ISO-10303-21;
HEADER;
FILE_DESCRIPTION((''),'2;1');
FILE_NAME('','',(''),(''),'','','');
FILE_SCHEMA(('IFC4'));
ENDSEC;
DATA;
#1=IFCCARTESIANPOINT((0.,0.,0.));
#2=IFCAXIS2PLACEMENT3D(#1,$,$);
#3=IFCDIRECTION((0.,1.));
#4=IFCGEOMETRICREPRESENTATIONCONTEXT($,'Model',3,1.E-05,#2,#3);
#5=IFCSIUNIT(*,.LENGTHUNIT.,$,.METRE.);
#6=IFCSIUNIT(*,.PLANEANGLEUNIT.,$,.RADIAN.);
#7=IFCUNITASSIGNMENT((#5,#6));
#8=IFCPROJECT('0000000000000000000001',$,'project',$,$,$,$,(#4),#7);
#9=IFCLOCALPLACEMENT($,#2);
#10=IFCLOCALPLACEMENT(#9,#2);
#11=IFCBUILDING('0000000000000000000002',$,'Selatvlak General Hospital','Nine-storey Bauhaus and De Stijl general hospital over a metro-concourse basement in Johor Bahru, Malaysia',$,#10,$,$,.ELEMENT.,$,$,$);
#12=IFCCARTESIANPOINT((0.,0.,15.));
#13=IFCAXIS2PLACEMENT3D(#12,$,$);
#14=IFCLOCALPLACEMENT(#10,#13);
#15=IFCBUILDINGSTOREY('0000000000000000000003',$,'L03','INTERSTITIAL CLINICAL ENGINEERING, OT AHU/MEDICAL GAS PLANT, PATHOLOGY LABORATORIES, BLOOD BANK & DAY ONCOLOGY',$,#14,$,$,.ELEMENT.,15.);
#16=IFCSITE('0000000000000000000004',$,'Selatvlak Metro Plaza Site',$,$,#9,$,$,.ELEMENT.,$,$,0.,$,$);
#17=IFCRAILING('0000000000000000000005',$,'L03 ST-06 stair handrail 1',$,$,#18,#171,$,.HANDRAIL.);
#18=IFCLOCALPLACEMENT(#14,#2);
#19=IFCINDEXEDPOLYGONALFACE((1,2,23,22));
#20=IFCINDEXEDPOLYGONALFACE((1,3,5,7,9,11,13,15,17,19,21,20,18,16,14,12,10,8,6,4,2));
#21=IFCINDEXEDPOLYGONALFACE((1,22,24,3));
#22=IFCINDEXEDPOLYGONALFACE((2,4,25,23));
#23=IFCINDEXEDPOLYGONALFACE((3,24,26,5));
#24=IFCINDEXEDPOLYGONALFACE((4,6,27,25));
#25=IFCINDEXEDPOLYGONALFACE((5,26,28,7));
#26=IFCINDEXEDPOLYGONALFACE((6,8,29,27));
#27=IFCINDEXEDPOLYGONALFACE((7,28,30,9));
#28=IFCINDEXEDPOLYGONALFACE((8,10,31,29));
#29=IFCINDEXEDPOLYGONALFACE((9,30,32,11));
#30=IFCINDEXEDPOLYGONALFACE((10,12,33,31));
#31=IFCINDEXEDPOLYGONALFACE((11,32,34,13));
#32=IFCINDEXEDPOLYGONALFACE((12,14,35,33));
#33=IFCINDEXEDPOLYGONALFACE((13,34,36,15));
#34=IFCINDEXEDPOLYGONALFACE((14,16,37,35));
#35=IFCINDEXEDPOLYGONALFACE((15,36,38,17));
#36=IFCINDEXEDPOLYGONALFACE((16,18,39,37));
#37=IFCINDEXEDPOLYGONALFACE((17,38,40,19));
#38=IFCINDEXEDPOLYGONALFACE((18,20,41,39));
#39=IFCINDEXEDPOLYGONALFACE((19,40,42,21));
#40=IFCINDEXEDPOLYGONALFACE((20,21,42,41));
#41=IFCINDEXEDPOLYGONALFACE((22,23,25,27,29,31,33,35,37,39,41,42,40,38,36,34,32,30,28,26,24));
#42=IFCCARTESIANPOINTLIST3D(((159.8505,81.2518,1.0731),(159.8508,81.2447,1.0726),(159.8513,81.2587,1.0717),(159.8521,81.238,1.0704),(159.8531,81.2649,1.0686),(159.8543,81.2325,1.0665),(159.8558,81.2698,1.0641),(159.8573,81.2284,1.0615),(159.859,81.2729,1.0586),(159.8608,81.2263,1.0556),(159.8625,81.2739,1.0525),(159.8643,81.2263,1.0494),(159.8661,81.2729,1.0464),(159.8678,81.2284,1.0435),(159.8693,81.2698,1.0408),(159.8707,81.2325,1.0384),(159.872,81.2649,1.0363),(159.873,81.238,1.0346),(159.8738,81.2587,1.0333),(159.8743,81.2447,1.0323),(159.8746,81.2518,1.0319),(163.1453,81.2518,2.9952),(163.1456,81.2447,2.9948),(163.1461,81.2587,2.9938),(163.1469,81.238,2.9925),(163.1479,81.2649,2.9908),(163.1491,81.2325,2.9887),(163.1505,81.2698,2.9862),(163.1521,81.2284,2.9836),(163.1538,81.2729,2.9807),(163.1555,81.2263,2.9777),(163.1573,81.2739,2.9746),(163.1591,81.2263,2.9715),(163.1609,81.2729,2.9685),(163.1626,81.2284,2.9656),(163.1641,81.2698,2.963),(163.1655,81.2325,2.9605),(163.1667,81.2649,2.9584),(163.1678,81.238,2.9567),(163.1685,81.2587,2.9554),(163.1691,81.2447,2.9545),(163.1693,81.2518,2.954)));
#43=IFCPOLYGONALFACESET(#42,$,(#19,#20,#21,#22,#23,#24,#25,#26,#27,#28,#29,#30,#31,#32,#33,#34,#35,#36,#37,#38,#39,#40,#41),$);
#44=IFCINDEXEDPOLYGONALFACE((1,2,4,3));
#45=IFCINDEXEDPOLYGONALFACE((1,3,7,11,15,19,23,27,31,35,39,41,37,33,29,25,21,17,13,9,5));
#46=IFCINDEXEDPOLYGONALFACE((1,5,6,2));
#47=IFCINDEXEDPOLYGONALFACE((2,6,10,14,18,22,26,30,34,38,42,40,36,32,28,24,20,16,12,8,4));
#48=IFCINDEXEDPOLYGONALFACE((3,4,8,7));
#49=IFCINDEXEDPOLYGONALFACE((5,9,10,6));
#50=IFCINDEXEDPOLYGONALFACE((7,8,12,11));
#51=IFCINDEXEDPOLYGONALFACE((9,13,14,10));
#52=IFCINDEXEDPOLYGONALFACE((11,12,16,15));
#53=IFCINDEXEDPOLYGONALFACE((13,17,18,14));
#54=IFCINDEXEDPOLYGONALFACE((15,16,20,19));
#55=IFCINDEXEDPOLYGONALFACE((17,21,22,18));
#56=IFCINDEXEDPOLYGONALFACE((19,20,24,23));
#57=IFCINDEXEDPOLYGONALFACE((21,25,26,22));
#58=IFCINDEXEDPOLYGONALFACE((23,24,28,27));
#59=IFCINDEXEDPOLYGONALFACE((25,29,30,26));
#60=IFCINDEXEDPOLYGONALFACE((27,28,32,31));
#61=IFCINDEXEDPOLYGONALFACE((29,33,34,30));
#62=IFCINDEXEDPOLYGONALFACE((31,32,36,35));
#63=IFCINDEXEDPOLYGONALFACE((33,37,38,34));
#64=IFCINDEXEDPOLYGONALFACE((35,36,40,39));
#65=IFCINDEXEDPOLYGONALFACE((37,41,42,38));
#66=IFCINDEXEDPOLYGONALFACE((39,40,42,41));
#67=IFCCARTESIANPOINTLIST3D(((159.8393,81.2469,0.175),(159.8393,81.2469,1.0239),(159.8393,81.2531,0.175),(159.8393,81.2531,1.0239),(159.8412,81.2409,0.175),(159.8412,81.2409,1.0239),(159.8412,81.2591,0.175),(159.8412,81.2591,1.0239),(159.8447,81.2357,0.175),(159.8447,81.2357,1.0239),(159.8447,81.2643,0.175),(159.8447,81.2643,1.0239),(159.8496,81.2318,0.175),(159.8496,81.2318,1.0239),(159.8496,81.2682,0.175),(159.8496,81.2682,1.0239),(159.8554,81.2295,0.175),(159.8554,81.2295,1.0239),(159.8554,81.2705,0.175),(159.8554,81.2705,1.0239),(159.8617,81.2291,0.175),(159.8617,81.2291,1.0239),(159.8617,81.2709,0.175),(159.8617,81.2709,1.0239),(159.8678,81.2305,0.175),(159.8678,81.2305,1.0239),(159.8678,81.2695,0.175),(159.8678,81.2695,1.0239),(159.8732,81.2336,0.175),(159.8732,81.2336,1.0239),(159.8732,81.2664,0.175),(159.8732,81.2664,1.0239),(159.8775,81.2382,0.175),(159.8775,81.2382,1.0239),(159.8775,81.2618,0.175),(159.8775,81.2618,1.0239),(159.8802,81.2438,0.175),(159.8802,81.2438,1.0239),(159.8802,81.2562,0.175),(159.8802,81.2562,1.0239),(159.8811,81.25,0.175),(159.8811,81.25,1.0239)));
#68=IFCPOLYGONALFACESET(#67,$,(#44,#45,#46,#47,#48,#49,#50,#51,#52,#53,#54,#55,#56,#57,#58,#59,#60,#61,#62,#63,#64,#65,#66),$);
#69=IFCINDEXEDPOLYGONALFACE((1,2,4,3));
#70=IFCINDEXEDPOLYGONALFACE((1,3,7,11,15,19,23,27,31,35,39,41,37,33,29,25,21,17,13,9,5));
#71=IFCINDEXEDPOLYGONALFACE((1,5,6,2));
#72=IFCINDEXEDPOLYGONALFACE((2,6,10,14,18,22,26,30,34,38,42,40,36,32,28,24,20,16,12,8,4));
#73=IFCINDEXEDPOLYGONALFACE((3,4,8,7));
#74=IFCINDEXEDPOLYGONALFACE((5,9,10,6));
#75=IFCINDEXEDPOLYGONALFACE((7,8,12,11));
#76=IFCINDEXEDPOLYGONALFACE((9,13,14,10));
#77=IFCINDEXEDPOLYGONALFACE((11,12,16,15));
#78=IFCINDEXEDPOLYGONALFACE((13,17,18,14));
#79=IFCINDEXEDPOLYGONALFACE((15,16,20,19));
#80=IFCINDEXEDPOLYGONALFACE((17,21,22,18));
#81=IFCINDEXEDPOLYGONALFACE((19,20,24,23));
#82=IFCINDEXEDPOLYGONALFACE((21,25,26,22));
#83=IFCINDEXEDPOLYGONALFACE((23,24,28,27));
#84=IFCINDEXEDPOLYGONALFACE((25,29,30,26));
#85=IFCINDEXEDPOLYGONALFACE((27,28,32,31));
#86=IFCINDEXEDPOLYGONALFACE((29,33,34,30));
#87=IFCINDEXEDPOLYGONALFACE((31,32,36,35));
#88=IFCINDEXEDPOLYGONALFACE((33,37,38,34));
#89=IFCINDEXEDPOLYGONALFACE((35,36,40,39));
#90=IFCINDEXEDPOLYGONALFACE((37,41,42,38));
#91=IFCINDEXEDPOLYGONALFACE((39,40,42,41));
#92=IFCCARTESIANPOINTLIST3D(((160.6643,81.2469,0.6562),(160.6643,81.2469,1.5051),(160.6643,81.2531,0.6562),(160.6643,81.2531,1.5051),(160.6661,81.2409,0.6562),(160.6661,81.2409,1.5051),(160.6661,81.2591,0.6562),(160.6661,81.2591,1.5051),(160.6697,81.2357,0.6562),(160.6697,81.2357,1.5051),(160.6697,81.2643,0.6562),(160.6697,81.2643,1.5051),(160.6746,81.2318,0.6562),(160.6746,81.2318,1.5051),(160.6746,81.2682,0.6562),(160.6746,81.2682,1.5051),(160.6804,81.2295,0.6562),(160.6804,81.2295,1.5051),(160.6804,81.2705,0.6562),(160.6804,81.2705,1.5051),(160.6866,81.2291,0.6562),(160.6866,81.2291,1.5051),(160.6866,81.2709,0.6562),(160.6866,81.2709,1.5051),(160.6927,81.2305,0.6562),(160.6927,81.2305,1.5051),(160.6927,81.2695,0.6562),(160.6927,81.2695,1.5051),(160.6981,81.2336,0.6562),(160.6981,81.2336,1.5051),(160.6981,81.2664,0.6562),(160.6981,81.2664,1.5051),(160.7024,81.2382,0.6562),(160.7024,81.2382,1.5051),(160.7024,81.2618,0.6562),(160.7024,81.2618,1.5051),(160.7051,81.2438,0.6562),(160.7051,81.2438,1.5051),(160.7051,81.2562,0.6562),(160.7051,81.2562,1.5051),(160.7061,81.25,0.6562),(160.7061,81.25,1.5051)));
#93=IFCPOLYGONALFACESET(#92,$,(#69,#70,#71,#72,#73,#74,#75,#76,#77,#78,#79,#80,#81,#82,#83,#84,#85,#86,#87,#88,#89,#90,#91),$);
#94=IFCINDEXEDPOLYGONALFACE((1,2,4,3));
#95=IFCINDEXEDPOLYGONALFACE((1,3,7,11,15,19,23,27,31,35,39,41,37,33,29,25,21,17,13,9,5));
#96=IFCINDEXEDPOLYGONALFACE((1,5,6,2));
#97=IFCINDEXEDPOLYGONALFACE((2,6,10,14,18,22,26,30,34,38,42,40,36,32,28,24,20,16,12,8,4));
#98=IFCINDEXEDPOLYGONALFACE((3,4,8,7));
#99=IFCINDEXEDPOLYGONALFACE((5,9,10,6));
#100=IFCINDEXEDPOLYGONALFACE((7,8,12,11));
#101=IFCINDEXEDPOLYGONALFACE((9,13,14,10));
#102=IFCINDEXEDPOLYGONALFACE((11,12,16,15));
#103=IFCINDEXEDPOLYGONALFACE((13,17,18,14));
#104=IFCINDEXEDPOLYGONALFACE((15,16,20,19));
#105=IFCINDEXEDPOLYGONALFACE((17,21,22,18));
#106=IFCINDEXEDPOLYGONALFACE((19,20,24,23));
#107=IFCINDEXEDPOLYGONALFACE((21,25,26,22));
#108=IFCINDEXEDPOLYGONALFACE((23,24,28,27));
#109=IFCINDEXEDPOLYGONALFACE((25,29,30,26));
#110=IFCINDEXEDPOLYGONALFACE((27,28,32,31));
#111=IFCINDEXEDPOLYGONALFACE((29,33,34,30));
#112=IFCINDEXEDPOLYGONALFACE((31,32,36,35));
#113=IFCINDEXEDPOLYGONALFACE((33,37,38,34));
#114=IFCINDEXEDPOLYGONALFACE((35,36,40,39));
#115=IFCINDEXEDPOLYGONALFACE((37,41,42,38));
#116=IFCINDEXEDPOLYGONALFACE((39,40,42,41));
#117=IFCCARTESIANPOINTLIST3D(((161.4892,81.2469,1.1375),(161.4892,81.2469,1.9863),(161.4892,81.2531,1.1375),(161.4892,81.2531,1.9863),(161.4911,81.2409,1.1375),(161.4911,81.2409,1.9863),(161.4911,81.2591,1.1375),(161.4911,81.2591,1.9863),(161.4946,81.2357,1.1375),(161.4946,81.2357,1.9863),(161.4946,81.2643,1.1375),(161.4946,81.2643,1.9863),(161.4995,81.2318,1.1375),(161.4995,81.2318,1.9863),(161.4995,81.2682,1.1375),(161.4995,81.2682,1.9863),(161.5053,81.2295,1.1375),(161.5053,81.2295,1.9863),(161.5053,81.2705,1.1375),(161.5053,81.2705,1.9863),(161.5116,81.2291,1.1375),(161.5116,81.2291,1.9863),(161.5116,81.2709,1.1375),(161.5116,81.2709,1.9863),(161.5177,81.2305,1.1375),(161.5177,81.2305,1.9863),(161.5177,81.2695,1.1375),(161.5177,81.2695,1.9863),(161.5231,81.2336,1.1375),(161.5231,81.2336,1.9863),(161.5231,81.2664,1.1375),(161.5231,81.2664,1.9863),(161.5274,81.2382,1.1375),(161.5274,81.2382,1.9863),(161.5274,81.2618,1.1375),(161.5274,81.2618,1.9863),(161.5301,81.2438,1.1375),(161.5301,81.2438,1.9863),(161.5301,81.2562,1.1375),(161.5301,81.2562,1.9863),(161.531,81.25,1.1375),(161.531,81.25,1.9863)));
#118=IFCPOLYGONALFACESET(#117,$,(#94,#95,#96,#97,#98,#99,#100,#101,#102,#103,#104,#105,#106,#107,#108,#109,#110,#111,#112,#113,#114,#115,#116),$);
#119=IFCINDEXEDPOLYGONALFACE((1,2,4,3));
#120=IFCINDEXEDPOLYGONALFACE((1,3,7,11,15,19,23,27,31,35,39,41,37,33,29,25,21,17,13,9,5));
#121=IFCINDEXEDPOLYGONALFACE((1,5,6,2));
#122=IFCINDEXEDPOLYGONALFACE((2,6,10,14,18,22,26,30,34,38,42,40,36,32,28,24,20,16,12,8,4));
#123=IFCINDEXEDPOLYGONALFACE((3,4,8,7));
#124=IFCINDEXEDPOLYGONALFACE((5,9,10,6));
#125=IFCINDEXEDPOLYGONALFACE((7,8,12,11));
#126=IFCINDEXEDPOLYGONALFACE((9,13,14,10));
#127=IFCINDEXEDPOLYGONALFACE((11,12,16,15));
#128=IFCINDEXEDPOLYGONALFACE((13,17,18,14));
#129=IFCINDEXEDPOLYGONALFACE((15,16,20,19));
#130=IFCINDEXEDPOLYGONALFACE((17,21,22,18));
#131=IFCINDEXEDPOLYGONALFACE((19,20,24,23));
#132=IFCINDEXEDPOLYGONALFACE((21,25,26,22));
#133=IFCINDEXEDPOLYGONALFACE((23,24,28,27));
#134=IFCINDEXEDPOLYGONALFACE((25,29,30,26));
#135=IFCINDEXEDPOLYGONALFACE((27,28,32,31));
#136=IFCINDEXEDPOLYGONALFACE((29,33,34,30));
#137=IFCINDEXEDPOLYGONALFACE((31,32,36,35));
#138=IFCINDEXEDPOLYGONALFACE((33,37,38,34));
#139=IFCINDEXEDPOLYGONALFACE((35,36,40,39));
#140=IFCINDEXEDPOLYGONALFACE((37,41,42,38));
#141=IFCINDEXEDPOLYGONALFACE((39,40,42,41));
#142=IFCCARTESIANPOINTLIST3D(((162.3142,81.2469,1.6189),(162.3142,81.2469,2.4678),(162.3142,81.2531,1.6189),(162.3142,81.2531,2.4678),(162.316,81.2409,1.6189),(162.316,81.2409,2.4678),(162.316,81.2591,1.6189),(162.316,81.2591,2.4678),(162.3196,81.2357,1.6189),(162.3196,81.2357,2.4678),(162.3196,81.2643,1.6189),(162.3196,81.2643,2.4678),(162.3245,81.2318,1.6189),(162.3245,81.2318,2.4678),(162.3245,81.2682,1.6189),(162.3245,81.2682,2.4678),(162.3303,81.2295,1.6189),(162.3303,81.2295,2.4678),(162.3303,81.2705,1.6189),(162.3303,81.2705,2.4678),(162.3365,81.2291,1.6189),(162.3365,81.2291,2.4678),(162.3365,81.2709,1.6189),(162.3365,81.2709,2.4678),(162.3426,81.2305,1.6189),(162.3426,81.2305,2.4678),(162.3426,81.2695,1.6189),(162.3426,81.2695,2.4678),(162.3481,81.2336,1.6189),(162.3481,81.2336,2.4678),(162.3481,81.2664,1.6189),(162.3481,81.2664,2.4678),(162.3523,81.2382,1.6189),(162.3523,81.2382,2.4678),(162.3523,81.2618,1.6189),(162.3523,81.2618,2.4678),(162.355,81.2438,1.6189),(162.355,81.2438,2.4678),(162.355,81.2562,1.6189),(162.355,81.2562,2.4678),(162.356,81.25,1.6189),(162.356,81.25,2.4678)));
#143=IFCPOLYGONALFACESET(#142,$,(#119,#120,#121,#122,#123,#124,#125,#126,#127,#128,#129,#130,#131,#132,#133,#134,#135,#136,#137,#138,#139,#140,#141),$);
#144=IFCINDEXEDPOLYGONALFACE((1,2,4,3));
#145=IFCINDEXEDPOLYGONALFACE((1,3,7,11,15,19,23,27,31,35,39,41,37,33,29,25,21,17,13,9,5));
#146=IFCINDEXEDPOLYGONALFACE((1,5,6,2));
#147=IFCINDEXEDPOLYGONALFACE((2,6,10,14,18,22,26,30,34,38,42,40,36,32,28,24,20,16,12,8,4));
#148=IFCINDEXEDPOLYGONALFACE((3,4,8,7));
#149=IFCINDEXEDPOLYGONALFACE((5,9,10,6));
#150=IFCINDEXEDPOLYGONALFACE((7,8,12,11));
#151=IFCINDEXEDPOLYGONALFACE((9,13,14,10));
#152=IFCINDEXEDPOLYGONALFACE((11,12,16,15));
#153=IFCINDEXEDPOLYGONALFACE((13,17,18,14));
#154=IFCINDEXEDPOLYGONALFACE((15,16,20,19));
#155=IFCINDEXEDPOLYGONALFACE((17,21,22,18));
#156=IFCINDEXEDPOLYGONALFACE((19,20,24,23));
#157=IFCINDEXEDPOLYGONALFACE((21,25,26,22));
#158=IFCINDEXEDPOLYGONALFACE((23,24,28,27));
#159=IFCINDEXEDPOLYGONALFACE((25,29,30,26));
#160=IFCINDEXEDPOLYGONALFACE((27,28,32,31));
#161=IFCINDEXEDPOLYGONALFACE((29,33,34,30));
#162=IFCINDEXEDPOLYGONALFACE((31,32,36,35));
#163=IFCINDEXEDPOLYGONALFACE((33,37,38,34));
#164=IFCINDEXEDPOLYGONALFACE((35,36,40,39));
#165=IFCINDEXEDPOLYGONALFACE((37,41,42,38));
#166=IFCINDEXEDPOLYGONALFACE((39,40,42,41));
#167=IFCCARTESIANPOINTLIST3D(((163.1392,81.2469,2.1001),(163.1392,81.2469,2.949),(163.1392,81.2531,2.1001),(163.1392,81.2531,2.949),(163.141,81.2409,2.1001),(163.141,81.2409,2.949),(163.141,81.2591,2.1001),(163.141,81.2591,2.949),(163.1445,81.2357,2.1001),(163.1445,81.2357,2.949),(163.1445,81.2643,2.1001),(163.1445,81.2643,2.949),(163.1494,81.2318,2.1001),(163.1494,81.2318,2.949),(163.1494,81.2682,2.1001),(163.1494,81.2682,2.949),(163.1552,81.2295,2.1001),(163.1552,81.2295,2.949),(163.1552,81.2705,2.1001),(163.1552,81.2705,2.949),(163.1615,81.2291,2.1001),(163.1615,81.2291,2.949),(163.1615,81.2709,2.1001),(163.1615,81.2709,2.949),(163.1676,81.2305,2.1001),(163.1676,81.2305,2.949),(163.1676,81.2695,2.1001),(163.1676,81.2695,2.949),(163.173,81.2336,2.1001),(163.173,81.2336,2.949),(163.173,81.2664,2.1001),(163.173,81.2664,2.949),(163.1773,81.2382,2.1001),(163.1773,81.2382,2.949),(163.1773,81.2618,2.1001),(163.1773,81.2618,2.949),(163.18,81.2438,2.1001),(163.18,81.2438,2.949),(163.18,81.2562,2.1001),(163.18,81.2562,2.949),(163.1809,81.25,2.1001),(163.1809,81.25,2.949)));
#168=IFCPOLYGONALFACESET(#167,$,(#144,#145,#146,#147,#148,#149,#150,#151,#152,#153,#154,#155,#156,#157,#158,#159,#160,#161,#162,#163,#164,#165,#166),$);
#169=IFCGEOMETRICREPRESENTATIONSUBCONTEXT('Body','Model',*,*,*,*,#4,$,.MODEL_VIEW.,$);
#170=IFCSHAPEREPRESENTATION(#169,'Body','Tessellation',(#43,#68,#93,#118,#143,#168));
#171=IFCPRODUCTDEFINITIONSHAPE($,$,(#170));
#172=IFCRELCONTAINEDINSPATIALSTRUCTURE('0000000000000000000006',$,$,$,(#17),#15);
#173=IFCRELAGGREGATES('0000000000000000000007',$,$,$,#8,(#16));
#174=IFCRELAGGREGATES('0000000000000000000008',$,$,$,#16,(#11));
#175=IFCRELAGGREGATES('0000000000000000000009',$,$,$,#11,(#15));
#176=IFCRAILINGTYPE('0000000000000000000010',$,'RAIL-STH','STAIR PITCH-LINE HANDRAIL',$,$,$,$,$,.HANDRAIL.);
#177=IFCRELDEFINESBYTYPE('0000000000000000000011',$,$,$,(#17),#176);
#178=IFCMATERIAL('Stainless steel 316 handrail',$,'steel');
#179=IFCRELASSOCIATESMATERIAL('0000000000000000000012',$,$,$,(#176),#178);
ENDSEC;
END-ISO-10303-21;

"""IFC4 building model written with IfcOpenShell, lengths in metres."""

from ifc_helpers import new_model, si_unit, direction, frame, origin, origin_2d, place, context, subcontext, project, spatial, circle, extrude, material, type_object, element, save


model = new_model("IFC4")

# Units and contexts
model_context = context("Model", 3, precision=1e-05, world=origin(), true_north=direction((0.0, 1.0)))
body_context = subcontext(model_context, "Body", "Model", "MODEL_VIEW")
ifc_project = project(units=[si_unit("LENGTHUNIT", "METRE"), si_unit("PLANEANGLEUNIT", "RADIAN")], contexts=[model_context])

# Site, building, storey
site_placement = place(None, origin())
site = spatial("IfcSite", under=ifc_project, at=site_placement, Name="Selatvlak Metro Plaza Site", CompositionType="ELEMENT", RefElevation=0.0)
building_placement = place(site_placement, origin())
building = spatial("IfcBuilding", under=site, at=building_placement, Name="Selatvlak General Hospital", Description="Nine-storey Bauhaus and De Stijl general hospital over a metro-concourse basement in Johor Bahru, Malaysia", CompositionType="ELEMENT")
storey_placement = place(building_placement, frame((0.0, 0.0, 15.0)))
storey = spatial("IfcBuildingStorey", under=building, at=storey_placement, Name="L03", Description="INTERSTITIAL CLINICAL ENGINEERING, OT AHU/MEDICAL GAS PLANT, PATHOLOGY LABORATORIES, BLOOD BANK & DAY ONCOLOGY", CompositionType="ELEMENT", Elevation=15.0)

# Railing
ifc_material_1 = material(Name="Stainless steel 316 handrail", Category="steel")
railing_type_1 = type_object("IfcRailingType", Name="RAIL-STH", Description="STAIR PITCH-LINE HANDRAIL", PredefinedType="HANDRAIL", material=ifc_material_1)
railing_1_placement = place(storey_placement, frame((159.8601, 81.25, 0.175)))
element("IfcRailing", 1, at=railing_1_placement, inside=storey, type_object=railing_type_1, Name="L03 ST-06 stair handrail 1", PredefinedType="HANDRAIL", context=body_context, shape_type="SweptSolid", body=[
    extrude(circle(Radius=0.0239, at=origin_2d()), frame((0.0024, 0.0, 0.8774), z_axis=(0.86376, 0.0, 0.503903), x_axis=(0.0, 1.0, 0.0)), (0.0, 0.0, 1.0), 3.8145),
    extrude(circle(Radius=0.021, at=origin_2d()), origin(), (0.0, 0.0, 1.0), 0.8489),
    extrude(circle(Radius=0.021, at=origin_2d()), frame((0.825, 0.0, 0.4812)), (0.0, 0.0, 1.0), 0.8489),
    extrude(circle(Radius=0.021, at=origin_2d()), frame((1.6499, 0.0, 0.9624)), (0.0, 0.0, 1.0), 0.8489),
    extrude(circle(Radius=0.021, at=origin_2d()), frame((2.4749, 0.0, 1.4438)), (0.0, 0.0, 1.0), 0.8489),
    extrude(circle(Radius=0.021, at=origin_2d()), frame((3.2998, 0.0, 1.925)), (0.0, 0.0, 1.0), 0.8489),
])

save(model, "model.ifc")
